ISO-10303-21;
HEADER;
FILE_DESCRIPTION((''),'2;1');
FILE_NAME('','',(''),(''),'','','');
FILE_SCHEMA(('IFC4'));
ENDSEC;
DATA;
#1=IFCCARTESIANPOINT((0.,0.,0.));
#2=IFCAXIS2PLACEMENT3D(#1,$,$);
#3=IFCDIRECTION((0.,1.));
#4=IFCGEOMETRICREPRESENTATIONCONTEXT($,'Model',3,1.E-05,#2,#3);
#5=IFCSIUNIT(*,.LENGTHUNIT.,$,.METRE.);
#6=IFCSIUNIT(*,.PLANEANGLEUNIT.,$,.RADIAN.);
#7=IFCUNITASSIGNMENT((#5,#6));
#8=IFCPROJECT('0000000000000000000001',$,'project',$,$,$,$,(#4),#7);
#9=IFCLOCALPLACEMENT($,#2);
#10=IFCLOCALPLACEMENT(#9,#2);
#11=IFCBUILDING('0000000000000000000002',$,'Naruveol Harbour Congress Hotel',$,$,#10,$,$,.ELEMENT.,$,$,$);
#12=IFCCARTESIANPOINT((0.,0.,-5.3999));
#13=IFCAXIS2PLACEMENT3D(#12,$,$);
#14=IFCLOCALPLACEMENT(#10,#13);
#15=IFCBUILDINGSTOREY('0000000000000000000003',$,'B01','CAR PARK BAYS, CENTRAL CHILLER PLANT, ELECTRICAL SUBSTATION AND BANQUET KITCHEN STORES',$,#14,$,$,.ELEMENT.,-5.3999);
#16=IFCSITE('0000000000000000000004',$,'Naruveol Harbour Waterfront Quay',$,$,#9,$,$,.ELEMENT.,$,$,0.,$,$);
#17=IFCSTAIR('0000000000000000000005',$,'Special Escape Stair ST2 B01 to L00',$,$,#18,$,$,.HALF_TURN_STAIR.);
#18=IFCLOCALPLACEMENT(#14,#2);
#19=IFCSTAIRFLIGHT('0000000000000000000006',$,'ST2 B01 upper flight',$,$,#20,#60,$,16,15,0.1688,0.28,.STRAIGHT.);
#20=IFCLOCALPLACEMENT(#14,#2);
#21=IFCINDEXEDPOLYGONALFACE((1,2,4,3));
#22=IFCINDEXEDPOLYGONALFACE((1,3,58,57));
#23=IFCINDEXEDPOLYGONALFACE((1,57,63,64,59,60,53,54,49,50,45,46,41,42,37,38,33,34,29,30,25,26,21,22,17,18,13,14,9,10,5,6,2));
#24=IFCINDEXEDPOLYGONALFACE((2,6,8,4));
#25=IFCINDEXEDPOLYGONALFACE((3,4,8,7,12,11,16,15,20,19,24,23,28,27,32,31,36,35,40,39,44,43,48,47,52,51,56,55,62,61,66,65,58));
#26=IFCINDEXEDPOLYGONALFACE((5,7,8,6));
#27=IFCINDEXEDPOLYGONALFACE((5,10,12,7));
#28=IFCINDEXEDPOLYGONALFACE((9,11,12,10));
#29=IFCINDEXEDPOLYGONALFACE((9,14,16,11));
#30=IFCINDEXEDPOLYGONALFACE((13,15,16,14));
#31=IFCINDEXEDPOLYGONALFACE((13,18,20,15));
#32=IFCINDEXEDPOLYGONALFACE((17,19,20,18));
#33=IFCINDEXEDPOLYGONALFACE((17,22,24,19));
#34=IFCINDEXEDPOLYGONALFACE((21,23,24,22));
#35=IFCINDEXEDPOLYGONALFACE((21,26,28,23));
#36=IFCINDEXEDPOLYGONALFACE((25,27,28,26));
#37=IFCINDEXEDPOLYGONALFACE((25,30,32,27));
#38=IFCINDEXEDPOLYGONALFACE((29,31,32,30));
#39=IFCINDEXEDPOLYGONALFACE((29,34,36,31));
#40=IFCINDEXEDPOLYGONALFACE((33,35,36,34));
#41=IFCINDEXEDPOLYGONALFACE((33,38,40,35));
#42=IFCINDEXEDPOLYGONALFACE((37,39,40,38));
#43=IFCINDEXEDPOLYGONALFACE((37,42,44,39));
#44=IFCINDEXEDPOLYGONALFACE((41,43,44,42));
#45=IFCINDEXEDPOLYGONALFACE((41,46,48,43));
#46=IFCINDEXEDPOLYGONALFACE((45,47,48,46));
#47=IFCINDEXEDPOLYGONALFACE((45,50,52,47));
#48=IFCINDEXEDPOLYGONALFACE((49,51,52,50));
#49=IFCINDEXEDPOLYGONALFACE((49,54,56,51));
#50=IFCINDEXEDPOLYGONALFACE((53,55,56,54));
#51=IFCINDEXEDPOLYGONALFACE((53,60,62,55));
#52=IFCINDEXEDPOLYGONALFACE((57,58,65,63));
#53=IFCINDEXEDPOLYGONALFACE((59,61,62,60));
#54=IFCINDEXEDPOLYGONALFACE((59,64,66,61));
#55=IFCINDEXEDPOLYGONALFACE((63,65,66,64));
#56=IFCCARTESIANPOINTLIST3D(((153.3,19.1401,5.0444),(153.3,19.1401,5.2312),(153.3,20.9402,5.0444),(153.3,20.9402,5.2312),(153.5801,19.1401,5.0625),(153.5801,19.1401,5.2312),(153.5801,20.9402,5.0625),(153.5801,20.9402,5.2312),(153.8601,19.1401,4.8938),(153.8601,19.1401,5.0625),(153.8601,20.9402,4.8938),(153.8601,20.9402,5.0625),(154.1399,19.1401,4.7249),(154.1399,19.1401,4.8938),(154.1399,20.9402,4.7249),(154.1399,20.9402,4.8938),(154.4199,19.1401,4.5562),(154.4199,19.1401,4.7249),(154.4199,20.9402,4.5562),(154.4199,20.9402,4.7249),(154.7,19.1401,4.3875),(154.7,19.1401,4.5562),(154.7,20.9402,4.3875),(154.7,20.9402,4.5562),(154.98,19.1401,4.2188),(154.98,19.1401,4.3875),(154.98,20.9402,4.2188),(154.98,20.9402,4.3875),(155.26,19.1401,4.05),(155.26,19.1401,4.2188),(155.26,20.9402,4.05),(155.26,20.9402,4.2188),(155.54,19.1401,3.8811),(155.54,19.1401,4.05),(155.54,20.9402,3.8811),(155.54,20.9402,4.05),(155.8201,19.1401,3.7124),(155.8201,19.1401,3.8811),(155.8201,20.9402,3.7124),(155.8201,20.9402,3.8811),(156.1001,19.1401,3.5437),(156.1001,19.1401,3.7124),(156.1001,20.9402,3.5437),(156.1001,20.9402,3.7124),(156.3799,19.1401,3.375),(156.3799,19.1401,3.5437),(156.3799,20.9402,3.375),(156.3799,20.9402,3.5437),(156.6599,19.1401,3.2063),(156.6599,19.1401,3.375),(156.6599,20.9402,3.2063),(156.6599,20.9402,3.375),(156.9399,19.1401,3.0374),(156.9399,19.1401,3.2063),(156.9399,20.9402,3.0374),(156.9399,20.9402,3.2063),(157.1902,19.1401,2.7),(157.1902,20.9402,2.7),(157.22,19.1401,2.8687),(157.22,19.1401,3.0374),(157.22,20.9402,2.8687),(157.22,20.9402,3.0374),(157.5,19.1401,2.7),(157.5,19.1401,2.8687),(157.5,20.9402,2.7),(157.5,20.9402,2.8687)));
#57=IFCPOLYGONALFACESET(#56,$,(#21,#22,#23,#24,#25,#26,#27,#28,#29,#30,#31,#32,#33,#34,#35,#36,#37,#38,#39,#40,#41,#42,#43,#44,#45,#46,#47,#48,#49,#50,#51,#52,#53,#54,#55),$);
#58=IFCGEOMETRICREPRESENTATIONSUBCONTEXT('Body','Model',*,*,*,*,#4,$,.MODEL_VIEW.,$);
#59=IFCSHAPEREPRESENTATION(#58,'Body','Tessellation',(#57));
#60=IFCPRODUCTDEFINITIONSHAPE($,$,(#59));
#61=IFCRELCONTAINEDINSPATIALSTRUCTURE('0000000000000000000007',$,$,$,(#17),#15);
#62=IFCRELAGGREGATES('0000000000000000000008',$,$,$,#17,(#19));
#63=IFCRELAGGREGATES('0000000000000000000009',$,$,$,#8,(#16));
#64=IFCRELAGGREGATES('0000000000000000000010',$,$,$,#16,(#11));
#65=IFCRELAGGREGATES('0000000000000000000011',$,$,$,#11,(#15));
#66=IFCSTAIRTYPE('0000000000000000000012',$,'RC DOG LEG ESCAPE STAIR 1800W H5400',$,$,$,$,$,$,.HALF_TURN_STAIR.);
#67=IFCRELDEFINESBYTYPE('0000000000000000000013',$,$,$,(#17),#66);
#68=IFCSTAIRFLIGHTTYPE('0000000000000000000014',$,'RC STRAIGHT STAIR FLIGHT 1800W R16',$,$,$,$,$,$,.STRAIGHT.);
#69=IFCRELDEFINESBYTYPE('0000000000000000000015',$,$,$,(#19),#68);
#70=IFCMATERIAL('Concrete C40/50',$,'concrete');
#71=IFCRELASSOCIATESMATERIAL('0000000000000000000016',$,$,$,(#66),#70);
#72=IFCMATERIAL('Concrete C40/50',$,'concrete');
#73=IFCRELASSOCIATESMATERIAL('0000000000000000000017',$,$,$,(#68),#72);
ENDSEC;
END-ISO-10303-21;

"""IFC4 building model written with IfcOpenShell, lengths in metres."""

from ifc_helpers import new_model, si_unit, direction, frame, origin, place, context, subcontext, project, spatial, polyline, outline, extrude, material, type_object, element, aggregate, save


model = new_model("IFC4")

# Units and contexts
model_context = context("Model", 3, precision=1e-05, world=origin(), true_north=direction((0.0, 1.0)))
body_context = subcontext(model_context, "Body", "Model", "MODEL_VIEW")
ifc_project = project(units=[si_unit("LENGTHUNIT", "METRE"), si_unit("PLANEANGLEUNIT", "RADIAN")], contexts=[model_context])

# Site, building, storey
site_placement = place(None, origin())
site = spatial("IfcSite", under=ifc_project, at=site_placement, Name="Naruveol Harbour Waterfront Quay", CompositionType="ELEMENT", RefElevation=0.0)
building_placement = place(site_placement, origin())
building = spatial("IfcBuilding", under=site, at=building_placement, Name="Naruveol Harbour Congress Hotel", CompositionType="ELEMENT")
storey_placement = place(building_placement, frame((0.0, 0.0, -5.3999)))
storey = spatial("IfcBuildingStorey", under=building, at=storey_placement, Name="B01", Description="CAR PARK BAYS, CENTRAL CHILLER PLANT, ELECTRICAL SUBSTATION AND BANQUET KITCHEN STORES", CompositionType="ELEMENT", Elevation=-5.3999)

# Stair, stair flight
ifc_material_1 = material(Name="Concrete C40/50", Category="concrete")
stair_type = type_object("IfcStairType", Name="RC DOG LEG ESCAPE STAIR 1800W H5400", PredefinedType="HALF_TURN_STAIR", material=ifc_material_1)
stair_placement = place(storey_placement, origin())
stair = element("IfcStair", 1, at=stair_placement, inside=storey, type_object=stair_type, Name="Special Escape Stair ST2 B01 to L00", PredefinedType="HALF_TURN_STAIR")
ifc_material_2 = material(Name="Concrete C40/50", Category="concrete")
stair_flight_type = type_object("IfcStairFlightType", Name="RC STRAIGHT STAIR FLIGHT 1800W R16", PredefinedType="STRAIGHT", material=ifc_material_2)
stair_flight_placement = place(storey_placement, frame((157.5, 20.04, 2.7), z_axis=(0.0, 0.0, 1.0), x_axis=(-1.0, 0.0, 0.0)))
stair_flight = element("IfcStairFlight", 2, at=stair_flight_placement, type_object=stair_flight_type, Name="ST2 B01 upper flight", NumberOfRisers=16, NumberOfTreads=15, PredefinedType="STRAIGHT", RiserHeight=0.1688, TreadLength=0.28, context=body_context, shape_type="SweptSolid", body=[
    extrude(outline(polyline([(0.0, 0.0), (0.0, 0.1687), (0.28, 0.1687), (0.28, 0.3374), (0.5601, 0.3374), (0.5601, 0.5063), (0.8401, 0.5063), (0.8401, 0.675), (1.1201, 0.675), (1.1201, 0.8438), (1.3999, 0.8438), (1.3999, 1.0125), (1.6799, 1.0125), (1.6799, 1.1812), (1.96, 1.1812), (1.96, 1.3501), (2.24, 1.3501), (2.24, 1.5188), (2.52, 1.5188), (2.52, 1.6875), (2.8, 1.6875), (2.8, 1.8562), (3.0801, 1.8562), (3.0801, 2.0249), (3.3601, 2.0249), (3.3601, 2.1938), (3.6399, 2.1938), (3.6399, 2.3625), (3.9199, 2.3625), (3.9199, 2.5312), (4.2, 2.5312), (4.2, 2.7), (4.2, 2.3445), (0.3098, 0.0), (0.0, 0.0)])), frame((0.0, 0.8999, 0.0), z_axis=(0.0, -1.0, 0.0), x_axis=(1.0, 0.0, 0.0)), (0.0, 0.0, 1.0), 1.8),
])
aggregate(stair, [stair_flight])

save(model, "model.ifc")
